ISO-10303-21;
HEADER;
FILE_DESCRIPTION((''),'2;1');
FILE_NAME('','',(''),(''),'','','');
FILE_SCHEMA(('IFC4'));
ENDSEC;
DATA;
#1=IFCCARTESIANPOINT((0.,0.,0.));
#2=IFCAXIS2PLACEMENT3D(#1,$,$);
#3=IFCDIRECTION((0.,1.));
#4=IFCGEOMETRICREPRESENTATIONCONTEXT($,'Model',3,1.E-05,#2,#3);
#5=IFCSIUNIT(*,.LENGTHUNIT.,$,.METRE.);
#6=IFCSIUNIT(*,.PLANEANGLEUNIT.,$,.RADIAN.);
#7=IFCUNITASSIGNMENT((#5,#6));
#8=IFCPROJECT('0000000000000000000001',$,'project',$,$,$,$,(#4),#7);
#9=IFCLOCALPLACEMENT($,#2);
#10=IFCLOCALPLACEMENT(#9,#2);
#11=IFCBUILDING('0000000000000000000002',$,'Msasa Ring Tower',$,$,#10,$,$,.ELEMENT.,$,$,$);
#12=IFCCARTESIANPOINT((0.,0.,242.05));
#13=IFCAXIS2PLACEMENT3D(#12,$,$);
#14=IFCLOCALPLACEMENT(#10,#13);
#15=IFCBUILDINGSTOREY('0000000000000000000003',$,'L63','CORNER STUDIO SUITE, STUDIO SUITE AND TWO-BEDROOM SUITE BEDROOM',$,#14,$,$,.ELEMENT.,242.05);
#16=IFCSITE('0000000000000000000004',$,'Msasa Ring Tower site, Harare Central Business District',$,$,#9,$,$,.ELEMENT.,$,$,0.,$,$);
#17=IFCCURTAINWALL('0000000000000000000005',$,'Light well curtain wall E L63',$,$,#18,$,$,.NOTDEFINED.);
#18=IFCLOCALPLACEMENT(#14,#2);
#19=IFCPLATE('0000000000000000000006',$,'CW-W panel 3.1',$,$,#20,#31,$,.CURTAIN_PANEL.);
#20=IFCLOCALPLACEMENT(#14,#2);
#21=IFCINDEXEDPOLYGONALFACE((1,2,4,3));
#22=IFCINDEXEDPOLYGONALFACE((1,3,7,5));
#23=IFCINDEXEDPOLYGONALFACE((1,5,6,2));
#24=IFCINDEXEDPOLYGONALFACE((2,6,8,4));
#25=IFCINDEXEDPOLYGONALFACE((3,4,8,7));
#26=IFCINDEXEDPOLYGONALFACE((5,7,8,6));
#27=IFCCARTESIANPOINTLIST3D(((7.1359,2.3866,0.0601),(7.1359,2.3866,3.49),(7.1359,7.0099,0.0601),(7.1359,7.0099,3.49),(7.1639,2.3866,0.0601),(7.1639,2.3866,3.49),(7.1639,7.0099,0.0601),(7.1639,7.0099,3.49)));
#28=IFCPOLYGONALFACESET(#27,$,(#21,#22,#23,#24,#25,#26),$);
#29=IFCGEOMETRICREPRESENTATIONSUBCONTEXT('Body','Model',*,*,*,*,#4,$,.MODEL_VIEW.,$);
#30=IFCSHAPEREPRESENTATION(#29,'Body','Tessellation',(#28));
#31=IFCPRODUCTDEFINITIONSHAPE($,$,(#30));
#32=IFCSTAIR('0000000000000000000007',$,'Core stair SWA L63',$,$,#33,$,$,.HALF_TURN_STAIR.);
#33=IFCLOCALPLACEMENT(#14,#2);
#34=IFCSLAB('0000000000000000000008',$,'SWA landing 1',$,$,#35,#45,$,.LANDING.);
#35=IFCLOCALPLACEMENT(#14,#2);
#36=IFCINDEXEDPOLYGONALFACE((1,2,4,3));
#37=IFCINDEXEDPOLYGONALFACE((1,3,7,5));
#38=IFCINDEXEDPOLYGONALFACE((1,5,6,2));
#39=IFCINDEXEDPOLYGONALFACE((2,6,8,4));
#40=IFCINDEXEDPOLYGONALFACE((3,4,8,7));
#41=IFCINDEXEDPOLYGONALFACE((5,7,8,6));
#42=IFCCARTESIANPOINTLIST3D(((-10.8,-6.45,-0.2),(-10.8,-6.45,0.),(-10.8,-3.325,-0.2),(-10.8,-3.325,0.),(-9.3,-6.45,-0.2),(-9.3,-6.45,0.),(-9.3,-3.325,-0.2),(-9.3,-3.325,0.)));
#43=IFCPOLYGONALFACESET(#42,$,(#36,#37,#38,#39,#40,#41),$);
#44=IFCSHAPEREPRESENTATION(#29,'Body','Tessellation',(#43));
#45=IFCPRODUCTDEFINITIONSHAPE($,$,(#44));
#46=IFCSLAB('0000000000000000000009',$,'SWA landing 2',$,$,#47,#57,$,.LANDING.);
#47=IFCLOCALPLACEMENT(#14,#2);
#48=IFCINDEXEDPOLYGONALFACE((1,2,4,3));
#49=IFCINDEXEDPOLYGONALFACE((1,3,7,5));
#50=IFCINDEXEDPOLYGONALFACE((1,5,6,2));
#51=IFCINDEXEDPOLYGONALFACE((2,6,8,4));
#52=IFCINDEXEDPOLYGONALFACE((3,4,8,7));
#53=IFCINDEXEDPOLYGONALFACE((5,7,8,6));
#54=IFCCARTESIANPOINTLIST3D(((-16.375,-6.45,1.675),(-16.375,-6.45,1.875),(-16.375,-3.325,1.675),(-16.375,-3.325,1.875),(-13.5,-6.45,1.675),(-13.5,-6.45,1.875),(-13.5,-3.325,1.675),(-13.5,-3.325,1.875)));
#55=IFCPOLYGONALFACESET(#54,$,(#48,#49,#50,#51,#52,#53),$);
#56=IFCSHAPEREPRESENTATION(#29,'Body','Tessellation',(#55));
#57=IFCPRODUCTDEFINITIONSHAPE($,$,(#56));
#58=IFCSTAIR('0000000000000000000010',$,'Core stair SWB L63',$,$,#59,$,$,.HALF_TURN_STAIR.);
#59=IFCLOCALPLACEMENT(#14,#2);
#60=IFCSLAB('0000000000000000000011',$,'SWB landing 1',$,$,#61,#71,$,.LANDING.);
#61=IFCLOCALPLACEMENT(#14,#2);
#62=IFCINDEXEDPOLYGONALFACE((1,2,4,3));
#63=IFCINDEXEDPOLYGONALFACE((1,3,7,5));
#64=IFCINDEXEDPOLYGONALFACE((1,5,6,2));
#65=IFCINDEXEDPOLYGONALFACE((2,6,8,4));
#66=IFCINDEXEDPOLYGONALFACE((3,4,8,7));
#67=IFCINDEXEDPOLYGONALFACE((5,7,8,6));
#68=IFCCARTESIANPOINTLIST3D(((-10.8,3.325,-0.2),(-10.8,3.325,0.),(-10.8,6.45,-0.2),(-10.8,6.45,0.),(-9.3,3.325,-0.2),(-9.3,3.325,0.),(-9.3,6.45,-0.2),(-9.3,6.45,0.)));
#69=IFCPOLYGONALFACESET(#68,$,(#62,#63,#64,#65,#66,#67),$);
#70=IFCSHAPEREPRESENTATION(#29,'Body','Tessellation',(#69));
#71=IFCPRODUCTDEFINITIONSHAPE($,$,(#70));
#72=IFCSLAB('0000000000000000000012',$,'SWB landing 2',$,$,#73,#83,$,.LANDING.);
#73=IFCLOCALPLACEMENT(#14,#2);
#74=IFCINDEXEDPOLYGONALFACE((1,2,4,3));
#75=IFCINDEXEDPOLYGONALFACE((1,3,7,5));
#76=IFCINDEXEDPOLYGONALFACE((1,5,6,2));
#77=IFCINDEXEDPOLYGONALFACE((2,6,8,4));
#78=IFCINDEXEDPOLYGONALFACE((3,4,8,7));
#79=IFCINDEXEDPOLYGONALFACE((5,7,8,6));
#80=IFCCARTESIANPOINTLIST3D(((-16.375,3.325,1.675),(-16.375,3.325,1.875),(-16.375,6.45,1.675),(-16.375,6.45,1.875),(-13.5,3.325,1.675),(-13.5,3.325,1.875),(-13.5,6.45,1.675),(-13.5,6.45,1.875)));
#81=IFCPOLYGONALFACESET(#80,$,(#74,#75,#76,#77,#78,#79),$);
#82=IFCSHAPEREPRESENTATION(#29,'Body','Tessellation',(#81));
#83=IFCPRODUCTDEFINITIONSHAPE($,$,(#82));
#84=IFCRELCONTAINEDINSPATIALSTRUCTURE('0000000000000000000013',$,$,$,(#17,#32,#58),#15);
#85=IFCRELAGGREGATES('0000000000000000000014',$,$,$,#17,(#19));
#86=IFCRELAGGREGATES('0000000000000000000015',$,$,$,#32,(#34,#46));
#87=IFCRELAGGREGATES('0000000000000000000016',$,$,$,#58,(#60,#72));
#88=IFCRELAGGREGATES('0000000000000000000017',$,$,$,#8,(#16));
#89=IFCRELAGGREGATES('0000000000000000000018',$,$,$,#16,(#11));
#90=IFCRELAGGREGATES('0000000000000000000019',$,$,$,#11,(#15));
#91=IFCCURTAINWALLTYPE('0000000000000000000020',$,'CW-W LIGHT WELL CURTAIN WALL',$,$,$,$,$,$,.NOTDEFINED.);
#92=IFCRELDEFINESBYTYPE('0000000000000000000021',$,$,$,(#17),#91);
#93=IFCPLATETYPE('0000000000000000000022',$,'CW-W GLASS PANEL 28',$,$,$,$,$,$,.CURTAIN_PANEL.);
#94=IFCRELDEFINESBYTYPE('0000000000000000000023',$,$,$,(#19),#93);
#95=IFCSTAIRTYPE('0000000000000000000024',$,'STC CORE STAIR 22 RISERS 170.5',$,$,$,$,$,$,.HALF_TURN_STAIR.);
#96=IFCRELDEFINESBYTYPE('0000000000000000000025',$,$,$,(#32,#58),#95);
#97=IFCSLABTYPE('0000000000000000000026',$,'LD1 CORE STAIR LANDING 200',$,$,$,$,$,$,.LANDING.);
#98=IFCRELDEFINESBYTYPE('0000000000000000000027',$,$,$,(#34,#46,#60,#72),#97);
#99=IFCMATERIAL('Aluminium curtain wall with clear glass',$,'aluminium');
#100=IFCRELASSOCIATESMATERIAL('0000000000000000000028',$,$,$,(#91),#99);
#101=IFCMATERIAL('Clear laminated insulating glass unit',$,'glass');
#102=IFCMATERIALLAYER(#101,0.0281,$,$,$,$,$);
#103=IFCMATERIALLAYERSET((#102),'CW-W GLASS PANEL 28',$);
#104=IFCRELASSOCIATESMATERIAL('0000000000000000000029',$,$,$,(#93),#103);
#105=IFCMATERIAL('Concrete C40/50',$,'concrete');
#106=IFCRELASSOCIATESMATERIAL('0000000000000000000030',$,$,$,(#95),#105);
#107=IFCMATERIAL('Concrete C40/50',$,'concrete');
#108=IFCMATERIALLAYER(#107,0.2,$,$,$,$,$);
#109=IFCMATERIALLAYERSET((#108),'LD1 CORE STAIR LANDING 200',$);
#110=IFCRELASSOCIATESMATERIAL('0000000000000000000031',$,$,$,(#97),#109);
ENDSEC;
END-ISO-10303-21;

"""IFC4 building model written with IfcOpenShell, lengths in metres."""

from ifc_helpers import new_model, si_unit, direction, frame, origin, origin_2d, place, context, subcontext, project, spatial, polyline, rectangle, outline, extrude, material, layer, layer_set, type_object, element, aggregate, save


model = new_model("IFC4")

# Units and contexts
model_context = context("Model", 3, precision=1e-05, world=origin(), true_north=direction((0.0, 1.0)))
body_context = subcontext(model_context, "Body", "Model", "MODEL_VIEW")
ifc_project = project(units=[si_unit("LENGTHUNIT", "METRE"), si_unit("PLANEANGLEUNIT", "RADIAN")], contexts=[model_context])

# Site, building, storey
site_placement = place(None, origin())
site = spatial("IfcSite", under=ifc_project, at=site_placement, Name="Msasa Ring Tower site, Harare Central Business District", CompositionType="ELEMENT", RefElevation=0.0)
building_placement = place(site_placement, origin())
building = spatial("IfcBuilding", under=site, at=building_placement, Name="Msasa Ring Tower", CompositionType="ELEMENT")
storey_placement = place(building_placement, frame((0.0, 0.0, 242.05)))
storey = spatial("IfcBuildingStorey", under=building, at=storey_placement, Name="L63", Description="CORNER STUDIO SUITE, STUDIO SUITE AND TWO-BEDROOM SUITE BEDROOM", CompositionType="ELEMENT", Elevation=242.05)

# Curtain wall
ifc_material_1 = material(Name="Aluminium curtain wall with clear glass", Category="aluminium")
curtain_wall_type = type_object("IfcCurtainWallType", Name="CW-W LIGHT WELL CURTAIN WALL", PredefinedType="NOTDEFINED", material=ifc_material_1)
curtain_wall_placement = place(storey_placement, origin())
curtain_wall = element("IfcCurtainWall", 1, at=curtain_wall_placement, inside=storey, type_object=curtain_wall_type, Name="Light well curtain wall E L63", PredefinedType="NOTDEFINED")

# Plate
ifc_material_2 = material(Name="Clear laminated insulating glass unit", Category="glass")
ifc_layer_1 = layer(ifc_material_2, 0.0281)
ifc_layer_set_1 = layer_set([ifc_layer_1], Name="CW-W GLASS PANEL 28")
plate_type = type_object("IfcPlateType", Name="CW-W GLASS PANEL 28", PredefinedType="CURTAIN_PANEL", material=ifc_layer_set_1)
plate_1_placement = place(storey_placement, frame((7.1499, 4.6982, 0.0601), z_axis=(0.0, 0.0, 1.0), x_axis=(0.0, 1.0, 0.0)))
plate_1 = element("IfcPlate", 2, at=plate_1_placement, type_object=plate_type, Name="CW-W panel 3.1", PredefinedType="CURTAIN_PANEL", context=body_context, shape_type="SweptSolid", body=[
    extrude(rectangle(XDim=4.6233, YDim=0.0281, at=origin_2d()), origin(), (0.0, 0.0, 1.0), 3.4299),
])
aggregate(curtain_wall, [plate_1])

# Stairs, slabs
ifc_material_3 = material(Name="Concrete C40/50", Category="concrete")
stair_type = type_object("IfcStairType", Name="STC CORE STAIR 22 RISERS 170.5", PredefinedType="HALF_TURN_STAIR", material=ifc_material_3)
stair_1_placement = place(storey_placement, origin())
stair_1 = element("IfcStair", 3, at=stair_1_placement, inside=storey, type_object=stair_type, Name="Core stair SWA L63", PredefinedType="HALF_TURN_STAIR")
ifc_material_4 = material(Name="Concrete C40/50", Category="concrete")
ifc_layer_2 = layer(ifc_material_4, 0.2)
ifc_layer_set_2 = layer_set([ifc_layer_2], Name="LD1 CORE STAIR LANDING 200")
slab_type = type_object("IfcSlabType", Name="LD1 CORE STAIR LANDING 200", PredefinedType="LANDING", material=ifc_layer_set_2)
slab_1_placement = place(storey_placement, frame((0.0, 0.0, -0.2)))
slab_1 = element("IfcSlab", 4, at=slab_1_placement, type_object=slab_type, Name="SWA landing 1", PredefinedType="LANDING", context=body_context, shape_type="SweptSolid", body=[
    extrude(outline(polyline([(-10.8, -6.45), (-9.3, -6.45), (-9.3, -3.325), (-10.8, -3.325), (-10.8, -6.45)])), origin(), (0.0, 0.0, 1.0), 0.2),
])
slab_2_placement = place(storey_placement, frame((0.0, 0.0, 1.675)))
slab_2 = element("IfcSlab", 5, at=slab_2_placement, type_object=slab_type, Name="SWA landing 2", PredefinedType="LANDING", context=body_context, shape_type="SweptSolid", body=[
    extrude(outline(polyline([(-16.375, -6.45), (-13.5, -6.45), (-13.5, -3.325), (-16.375, -3.325), (-16.375, -6.45)])), origin(), (0.0, 0.0, 1.0), 0.2),
])
aggregate(stair_1, [slab_1, slab_2])
stair_2_placement = place(storey_placement, origin())
stair_2 = element("IfcStair", 6, at=stair_2_placement, inside=storey, type_object=stair_type, Name="Core stair SWB L63", PredefinedType="HALF_TURN_STAIR")
slab_3_placement = place(storey_placement, frame((0.0, 0.0, -0.2)))
slab_3 = element("IfcSlab", 7, at=slab_3_placement, type_object=slab_type, Name="SWB landing 1", PredefinedType="LANDING", context=body_context, shape_type="SweptSolid", body=[
    extrude(outline(polyline([(-10.8, 3.325), (-9.3, 3.325), (-9.3, 6.45), (-10.8, 6.45), (-10.8, 3.325)])), origin(), (0.0, 0.0, 1.0), 0.2),
])
slab_4_placement = place(storey_placement, frame((0.0, 0.0, 1.675)))
slab_4 = element("IfcSlab", 8, at=slab_4_placement, type_object=slab_type, Name="SWB landing 2", PredefinedType="LANDING", context=body_context, shape_type="SweptSolid", body=[
    extrude(outline(polyline([(-16.375, 3.325), (-13.5, 3.325), (-13.5, 6.45), (-16.375, 6.45), (-16.375, 3.325)])), origin(), (0.0, 0.0, 1.0), 0.2),
])
aggregate(stair_2, [slab_3, slab_4])

save(model, "model.ifc")
